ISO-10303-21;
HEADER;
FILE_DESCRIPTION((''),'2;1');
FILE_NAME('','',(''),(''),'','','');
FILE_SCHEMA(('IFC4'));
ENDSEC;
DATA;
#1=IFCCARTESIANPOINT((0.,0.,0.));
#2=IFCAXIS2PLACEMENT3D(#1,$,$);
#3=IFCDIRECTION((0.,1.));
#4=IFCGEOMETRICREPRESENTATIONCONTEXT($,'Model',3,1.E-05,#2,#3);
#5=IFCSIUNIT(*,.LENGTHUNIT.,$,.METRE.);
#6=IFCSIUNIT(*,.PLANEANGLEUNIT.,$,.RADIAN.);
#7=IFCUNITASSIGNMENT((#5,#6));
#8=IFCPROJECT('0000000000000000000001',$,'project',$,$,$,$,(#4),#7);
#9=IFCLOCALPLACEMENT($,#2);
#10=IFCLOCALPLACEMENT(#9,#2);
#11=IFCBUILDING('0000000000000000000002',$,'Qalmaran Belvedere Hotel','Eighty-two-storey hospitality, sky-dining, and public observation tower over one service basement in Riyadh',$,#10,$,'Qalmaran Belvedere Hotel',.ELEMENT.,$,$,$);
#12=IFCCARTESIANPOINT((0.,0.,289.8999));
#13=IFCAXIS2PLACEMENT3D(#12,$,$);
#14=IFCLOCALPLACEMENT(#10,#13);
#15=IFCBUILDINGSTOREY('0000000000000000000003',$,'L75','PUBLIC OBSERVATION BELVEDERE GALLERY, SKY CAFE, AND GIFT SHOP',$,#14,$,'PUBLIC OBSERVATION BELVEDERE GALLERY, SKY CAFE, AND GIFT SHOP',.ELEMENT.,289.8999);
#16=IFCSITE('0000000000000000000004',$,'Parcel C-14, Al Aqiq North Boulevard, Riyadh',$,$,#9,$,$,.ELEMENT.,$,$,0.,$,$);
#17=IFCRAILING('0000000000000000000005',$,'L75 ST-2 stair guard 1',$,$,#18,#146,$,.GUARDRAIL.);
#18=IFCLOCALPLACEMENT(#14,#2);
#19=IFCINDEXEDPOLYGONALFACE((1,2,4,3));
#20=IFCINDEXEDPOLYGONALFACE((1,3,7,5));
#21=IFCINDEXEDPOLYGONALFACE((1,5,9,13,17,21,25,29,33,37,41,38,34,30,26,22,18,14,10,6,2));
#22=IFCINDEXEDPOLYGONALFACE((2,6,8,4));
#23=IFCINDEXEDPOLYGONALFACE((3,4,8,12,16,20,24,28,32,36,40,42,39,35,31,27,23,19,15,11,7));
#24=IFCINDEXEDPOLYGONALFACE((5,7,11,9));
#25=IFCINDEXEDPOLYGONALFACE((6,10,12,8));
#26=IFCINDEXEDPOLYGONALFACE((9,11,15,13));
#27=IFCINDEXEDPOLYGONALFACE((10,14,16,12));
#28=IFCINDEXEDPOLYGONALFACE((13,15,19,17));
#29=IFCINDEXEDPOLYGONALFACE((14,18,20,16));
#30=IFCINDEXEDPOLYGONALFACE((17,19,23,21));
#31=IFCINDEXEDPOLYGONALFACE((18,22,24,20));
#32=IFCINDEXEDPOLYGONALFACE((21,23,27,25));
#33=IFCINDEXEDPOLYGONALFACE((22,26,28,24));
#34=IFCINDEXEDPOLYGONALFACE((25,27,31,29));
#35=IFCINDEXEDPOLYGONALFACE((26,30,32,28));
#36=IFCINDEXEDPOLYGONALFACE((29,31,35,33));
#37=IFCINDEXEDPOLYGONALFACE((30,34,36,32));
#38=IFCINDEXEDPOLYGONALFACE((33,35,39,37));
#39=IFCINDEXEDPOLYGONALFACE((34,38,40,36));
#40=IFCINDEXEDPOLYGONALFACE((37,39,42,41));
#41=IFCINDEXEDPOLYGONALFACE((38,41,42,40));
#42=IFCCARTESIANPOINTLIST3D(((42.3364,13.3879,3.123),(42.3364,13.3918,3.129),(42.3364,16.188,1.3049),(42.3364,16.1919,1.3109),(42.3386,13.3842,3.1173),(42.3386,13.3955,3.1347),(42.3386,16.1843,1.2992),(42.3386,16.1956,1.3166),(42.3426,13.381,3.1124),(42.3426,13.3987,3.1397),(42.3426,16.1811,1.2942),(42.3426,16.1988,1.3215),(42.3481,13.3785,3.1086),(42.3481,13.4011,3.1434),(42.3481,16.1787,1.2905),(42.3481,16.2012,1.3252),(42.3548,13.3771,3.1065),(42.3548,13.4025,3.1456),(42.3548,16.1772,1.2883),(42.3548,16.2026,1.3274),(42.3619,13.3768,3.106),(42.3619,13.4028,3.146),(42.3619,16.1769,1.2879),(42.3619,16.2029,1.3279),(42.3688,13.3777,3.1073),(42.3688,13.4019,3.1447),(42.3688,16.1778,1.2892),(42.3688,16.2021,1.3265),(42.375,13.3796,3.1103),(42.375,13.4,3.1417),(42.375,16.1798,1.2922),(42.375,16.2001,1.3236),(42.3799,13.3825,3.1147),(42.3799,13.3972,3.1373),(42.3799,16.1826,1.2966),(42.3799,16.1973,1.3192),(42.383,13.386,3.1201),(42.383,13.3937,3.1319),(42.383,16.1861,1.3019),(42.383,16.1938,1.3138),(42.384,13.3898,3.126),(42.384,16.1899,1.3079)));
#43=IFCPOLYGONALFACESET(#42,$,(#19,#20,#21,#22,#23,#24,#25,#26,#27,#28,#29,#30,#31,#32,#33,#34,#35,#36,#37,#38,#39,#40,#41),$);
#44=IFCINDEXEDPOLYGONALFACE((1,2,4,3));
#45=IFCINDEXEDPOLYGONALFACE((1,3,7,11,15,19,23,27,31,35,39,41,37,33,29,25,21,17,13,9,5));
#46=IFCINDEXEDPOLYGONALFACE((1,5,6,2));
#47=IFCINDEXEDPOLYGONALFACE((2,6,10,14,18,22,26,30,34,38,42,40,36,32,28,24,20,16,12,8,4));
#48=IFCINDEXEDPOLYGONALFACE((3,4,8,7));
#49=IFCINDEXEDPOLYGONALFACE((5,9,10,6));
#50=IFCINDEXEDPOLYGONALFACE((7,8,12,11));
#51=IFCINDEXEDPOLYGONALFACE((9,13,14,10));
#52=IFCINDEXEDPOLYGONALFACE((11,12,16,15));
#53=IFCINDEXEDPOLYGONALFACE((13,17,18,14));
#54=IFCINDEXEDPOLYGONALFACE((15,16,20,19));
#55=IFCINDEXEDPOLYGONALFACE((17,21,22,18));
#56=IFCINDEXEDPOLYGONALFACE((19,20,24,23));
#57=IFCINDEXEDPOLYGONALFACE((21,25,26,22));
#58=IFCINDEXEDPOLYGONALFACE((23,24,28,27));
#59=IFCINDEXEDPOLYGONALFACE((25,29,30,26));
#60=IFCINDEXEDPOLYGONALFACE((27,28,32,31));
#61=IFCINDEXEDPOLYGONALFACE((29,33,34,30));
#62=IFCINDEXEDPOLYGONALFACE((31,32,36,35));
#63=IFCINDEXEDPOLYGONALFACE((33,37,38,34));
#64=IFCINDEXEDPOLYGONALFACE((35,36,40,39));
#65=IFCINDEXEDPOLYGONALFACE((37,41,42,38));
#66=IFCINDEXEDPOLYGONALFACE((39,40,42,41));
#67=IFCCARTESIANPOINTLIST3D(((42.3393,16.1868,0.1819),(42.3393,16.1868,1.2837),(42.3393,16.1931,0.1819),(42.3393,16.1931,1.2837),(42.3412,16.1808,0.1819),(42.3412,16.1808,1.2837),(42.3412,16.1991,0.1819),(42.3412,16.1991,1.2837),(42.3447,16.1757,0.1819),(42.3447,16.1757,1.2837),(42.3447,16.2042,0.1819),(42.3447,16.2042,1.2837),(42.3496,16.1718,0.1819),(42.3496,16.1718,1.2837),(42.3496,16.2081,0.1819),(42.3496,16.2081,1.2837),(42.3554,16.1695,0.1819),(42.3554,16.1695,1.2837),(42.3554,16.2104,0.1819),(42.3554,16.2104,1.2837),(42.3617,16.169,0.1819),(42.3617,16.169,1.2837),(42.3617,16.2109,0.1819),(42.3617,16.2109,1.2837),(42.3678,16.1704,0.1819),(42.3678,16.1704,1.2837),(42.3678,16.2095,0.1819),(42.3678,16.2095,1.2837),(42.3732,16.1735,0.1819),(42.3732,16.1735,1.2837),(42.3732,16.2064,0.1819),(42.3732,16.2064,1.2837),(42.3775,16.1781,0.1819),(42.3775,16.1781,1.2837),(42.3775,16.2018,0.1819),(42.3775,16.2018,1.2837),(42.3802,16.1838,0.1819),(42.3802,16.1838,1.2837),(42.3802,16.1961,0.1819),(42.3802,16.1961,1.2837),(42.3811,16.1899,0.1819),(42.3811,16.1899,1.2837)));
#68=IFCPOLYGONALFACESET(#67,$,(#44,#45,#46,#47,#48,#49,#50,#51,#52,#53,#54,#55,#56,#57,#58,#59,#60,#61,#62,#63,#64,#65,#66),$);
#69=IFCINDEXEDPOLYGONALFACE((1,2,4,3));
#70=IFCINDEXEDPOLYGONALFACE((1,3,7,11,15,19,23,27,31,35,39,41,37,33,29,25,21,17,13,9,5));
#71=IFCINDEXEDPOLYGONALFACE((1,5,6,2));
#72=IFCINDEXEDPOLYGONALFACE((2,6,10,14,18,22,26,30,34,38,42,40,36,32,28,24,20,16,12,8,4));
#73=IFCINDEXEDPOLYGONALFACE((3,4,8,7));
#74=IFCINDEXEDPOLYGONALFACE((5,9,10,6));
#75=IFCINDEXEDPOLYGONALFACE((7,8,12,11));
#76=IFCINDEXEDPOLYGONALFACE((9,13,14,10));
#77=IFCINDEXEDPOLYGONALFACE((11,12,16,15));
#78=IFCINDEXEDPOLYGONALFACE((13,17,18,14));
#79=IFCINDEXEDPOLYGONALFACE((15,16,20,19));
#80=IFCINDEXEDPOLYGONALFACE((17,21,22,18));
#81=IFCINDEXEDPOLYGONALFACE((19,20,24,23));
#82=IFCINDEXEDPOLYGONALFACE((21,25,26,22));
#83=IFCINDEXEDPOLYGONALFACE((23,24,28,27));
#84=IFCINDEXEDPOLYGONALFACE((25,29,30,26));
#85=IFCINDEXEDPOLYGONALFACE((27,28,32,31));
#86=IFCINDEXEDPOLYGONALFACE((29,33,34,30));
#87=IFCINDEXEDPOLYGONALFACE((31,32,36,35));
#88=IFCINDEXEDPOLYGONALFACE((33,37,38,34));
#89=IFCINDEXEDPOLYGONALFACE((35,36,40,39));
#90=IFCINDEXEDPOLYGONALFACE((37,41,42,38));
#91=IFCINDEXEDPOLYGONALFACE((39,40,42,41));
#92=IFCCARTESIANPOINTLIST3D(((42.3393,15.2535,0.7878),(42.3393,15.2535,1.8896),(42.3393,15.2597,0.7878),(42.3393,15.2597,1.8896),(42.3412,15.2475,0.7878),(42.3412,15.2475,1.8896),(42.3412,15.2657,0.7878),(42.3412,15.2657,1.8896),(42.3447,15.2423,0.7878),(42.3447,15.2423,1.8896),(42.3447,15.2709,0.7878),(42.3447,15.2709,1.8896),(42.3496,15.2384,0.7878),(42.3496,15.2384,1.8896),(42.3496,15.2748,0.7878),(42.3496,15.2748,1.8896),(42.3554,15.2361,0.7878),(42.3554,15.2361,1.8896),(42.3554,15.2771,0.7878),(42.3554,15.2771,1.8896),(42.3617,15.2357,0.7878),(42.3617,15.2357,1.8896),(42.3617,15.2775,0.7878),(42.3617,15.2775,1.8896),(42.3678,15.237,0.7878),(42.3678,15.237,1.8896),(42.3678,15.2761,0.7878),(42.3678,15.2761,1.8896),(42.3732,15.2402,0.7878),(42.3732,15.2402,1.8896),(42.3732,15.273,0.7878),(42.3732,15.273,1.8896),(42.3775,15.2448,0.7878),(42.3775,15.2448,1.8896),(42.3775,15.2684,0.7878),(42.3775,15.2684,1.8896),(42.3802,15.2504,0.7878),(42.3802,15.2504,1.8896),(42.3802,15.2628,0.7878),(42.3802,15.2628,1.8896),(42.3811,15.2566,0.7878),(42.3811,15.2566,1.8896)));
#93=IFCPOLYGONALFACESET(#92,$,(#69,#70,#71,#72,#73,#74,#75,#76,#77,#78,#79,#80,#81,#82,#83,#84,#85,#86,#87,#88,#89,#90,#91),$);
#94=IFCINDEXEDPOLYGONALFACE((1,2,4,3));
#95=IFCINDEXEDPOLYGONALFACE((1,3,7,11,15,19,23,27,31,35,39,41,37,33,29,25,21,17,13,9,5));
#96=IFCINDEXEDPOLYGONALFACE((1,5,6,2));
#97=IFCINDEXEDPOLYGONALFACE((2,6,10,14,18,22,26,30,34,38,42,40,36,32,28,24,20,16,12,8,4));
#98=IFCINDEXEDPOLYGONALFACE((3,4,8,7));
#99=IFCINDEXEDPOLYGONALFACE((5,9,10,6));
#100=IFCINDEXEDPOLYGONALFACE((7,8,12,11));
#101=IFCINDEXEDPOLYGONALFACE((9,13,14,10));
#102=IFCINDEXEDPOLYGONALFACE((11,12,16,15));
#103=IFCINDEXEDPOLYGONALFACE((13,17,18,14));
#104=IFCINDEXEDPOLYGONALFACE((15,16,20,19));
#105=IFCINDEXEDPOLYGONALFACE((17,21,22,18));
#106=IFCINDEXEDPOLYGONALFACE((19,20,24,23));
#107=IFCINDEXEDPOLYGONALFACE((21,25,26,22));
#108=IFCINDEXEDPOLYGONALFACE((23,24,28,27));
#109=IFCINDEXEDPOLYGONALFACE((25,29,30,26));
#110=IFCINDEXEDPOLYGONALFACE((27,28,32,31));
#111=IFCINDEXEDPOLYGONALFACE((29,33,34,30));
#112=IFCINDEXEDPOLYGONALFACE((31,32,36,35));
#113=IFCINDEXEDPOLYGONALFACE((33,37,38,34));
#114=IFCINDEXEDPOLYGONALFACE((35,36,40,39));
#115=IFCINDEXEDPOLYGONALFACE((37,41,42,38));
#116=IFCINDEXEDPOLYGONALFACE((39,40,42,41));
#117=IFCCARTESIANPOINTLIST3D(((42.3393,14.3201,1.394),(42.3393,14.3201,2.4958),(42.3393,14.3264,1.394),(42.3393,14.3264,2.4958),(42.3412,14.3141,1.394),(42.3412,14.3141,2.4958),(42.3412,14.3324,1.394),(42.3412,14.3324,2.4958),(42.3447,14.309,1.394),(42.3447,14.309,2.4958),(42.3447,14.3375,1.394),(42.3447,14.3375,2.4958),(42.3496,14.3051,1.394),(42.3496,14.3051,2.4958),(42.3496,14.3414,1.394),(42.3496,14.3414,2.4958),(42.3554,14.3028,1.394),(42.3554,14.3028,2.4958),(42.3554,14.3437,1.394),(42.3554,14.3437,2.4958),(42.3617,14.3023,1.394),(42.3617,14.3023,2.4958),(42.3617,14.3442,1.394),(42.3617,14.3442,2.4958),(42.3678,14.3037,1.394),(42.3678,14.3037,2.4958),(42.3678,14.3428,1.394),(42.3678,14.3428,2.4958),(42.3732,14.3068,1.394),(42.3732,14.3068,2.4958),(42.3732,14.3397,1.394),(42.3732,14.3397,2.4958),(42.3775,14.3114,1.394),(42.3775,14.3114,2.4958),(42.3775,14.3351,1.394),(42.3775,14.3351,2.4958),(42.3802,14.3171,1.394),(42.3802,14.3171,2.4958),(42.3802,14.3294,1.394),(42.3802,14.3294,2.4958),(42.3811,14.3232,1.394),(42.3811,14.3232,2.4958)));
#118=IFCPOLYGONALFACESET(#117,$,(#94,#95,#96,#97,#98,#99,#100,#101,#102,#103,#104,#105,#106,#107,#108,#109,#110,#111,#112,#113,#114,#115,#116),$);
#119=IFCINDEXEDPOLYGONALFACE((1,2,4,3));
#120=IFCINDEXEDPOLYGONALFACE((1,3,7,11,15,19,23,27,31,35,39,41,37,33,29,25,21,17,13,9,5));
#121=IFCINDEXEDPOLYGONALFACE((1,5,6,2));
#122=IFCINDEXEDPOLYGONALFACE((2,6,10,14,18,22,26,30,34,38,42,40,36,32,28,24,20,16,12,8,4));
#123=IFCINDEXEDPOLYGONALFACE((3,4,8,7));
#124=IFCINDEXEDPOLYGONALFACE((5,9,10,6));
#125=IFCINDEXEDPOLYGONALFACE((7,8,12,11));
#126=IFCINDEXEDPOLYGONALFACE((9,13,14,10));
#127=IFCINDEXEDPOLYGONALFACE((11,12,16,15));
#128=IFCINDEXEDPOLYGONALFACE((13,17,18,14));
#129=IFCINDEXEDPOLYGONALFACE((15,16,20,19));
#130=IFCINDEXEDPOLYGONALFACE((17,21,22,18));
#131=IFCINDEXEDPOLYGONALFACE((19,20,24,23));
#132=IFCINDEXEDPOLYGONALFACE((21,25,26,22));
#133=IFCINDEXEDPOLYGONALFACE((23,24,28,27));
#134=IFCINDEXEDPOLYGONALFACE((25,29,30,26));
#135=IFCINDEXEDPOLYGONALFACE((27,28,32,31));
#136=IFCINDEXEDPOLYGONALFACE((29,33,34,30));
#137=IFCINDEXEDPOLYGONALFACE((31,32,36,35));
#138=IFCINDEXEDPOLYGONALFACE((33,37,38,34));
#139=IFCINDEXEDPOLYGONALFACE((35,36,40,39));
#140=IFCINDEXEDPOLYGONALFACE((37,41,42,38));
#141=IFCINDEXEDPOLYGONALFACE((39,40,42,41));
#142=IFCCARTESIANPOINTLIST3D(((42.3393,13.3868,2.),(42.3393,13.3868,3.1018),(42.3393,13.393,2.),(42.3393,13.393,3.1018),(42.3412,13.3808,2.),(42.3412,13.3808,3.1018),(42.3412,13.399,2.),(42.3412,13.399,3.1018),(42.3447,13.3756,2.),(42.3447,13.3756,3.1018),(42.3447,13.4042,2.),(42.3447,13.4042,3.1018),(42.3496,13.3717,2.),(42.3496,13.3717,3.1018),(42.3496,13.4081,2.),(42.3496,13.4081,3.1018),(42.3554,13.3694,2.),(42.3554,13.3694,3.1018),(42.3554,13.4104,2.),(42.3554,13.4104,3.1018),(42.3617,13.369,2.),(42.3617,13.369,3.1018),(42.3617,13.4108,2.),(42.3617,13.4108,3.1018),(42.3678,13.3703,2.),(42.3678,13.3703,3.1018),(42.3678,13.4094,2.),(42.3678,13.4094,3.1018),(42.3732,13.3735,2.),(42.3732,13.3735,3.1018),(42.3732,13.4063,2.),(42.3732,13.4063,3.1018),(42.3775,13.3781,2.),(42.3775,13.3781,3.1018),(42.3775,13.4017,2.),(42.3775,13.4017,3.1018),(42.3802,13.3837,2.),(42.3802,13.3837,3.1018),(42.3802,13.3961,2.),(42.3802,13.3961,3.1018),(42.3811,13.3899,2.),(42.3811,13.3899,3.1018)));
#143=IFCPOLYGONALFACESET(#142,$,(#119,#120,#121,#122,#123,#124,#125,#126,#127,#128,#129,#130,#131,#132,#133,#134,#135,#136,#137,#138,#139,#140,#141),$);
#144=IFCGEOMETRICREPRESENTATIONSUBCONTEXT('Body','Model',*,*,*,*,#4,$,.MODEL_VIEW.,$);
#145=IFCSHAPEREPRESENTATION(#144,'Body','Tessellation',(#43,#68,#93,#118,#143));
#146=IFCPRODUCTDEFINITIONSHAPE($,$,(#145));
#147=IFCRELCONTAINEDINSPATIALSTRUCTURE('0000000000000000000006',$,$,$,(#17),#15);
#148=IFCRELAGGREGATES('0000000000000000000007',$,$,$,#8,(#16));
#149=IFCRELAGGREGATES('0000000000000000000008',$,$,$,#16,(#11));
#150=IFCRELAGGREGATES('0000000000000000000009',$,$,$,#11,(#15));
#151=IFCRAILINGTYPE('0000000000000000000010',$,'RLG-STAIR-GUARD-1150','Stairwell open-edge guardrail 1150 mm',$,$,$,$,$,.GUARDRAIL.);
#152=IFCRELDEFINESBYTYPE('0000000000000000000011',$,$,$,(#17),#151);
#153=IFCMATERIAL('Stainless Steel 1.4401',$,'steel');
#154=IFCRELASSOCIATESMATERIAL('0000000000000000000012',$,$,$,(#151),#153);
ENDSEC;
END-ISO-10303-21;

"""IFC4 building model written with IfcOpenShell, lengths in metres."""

from ifc_helpers import new_model, si_unit, direction, frame, origin, origin_2d, place, context, subcontext, project, spatial, circle, extrude, material, type_object, element, save


model = new_model("IFC4")

# Units and contexts
model_context = context("Model", 3, precision=1e-05, world=origin(), true_north=direction((0.0, 1.0)))
body_context = subcontext(model_context, "Body", "Model", "MODEL_VIEW")
ifc_project = project(units=[si_unit("LENGTHUNIT", "METRE"), si_unit("PLANEANGLEUNIT", "RADIAN")], contexts=[model_context])

# Site, building, storey
site_placement = place(None, origin())
site = spatial("IfcSite", under=ifc_project, at=site_placement, Name="Parcel C-14, Al Aqiq North Boulevard, Riyadh", CompositionType="ELEMENT", RefElevation=0.0)
building_placement = place(site_placement, origin())
building = spatial("IfcBuilding", under=site, at=building_placement, Name="Qalmaran Belvedere Hotel", Description="Eighty-two-storey hospitality, sky-dining, and public observation tower over one service basement in Riyadh", LongName="Qalmaran Belvedere Hotel", CompositionType="ELEMENT")
storey_placement = place(building_placement, frame((0.0, 0.0, 289.8999)))
storey = spatial("IfcBuildingStorey", under=building, at=storey_placement, Name="L75", Description="PUBLIC OBSERVATION BELVEDERE GALLERY, SKY CAFE, AND GIFT SHOP", LongName="PUBLIC OBSERVATION BELVEDERE GALLERY, SKY CAFE, AND GIFT SHOP", CompositionType="ELEMENT", Elevation=289.8999)

# Railing
ifc_material_1 = material(Name="Stainless Steel 1.4401", Category="steel")
railing_type_1 = type_object("IfcRailingType", Name="RLG-STAIR-GUARD-1150", Description="Stairwell open-edge guardrail 1150 mm", PredefinedType="GUARDRAIL", material=ifc_material_1)
railing_1_placement = place(storey_placement, frame((42.3601, 16.1899, 0.1819)))
element("IfcRailing", 1, at=railing_1_placement, inside=storey, type_object=railing_type_1, Name="L75 ST-2 stair guard 1", PredefinedType="GUARDRAIL", context=body_context, shape_type="SweptSolid", body=[
    extrude(circle(Radius=0.0239, at=origin_2d()), frame((0.0, 0.0, 1.126), z_axis=(0.0, -0.838706, 0.544585), x_axis=(1.0, 0.0, 0.0)), (0.0, 0.0, 1.0), 3.3386),
    extrude(circle(Radius=0.021, at=origin_2d()), origin(), (0.0, 0.0, 1.0), 1.1018),
    extrude(circle(Radius=0.021, at=origin_2d()), frame((0.0, -0.9333, 0.606)), (0.0, 0.0, 1.0), 1.1018),
    extrude(circle(Radius=0.021, at=origin_2d()), frame((0.0, -1.8667, 1.2122)), (0.0, 0.0, 1.0), 1.1018),
    extrude(circle(Radius=0.021, at=origin_2d()), frame((0.0, -2.8, 1.8181)), (0.0, 0.0, 1.0), 1.1018),
])

save(model, "model.ifc")
